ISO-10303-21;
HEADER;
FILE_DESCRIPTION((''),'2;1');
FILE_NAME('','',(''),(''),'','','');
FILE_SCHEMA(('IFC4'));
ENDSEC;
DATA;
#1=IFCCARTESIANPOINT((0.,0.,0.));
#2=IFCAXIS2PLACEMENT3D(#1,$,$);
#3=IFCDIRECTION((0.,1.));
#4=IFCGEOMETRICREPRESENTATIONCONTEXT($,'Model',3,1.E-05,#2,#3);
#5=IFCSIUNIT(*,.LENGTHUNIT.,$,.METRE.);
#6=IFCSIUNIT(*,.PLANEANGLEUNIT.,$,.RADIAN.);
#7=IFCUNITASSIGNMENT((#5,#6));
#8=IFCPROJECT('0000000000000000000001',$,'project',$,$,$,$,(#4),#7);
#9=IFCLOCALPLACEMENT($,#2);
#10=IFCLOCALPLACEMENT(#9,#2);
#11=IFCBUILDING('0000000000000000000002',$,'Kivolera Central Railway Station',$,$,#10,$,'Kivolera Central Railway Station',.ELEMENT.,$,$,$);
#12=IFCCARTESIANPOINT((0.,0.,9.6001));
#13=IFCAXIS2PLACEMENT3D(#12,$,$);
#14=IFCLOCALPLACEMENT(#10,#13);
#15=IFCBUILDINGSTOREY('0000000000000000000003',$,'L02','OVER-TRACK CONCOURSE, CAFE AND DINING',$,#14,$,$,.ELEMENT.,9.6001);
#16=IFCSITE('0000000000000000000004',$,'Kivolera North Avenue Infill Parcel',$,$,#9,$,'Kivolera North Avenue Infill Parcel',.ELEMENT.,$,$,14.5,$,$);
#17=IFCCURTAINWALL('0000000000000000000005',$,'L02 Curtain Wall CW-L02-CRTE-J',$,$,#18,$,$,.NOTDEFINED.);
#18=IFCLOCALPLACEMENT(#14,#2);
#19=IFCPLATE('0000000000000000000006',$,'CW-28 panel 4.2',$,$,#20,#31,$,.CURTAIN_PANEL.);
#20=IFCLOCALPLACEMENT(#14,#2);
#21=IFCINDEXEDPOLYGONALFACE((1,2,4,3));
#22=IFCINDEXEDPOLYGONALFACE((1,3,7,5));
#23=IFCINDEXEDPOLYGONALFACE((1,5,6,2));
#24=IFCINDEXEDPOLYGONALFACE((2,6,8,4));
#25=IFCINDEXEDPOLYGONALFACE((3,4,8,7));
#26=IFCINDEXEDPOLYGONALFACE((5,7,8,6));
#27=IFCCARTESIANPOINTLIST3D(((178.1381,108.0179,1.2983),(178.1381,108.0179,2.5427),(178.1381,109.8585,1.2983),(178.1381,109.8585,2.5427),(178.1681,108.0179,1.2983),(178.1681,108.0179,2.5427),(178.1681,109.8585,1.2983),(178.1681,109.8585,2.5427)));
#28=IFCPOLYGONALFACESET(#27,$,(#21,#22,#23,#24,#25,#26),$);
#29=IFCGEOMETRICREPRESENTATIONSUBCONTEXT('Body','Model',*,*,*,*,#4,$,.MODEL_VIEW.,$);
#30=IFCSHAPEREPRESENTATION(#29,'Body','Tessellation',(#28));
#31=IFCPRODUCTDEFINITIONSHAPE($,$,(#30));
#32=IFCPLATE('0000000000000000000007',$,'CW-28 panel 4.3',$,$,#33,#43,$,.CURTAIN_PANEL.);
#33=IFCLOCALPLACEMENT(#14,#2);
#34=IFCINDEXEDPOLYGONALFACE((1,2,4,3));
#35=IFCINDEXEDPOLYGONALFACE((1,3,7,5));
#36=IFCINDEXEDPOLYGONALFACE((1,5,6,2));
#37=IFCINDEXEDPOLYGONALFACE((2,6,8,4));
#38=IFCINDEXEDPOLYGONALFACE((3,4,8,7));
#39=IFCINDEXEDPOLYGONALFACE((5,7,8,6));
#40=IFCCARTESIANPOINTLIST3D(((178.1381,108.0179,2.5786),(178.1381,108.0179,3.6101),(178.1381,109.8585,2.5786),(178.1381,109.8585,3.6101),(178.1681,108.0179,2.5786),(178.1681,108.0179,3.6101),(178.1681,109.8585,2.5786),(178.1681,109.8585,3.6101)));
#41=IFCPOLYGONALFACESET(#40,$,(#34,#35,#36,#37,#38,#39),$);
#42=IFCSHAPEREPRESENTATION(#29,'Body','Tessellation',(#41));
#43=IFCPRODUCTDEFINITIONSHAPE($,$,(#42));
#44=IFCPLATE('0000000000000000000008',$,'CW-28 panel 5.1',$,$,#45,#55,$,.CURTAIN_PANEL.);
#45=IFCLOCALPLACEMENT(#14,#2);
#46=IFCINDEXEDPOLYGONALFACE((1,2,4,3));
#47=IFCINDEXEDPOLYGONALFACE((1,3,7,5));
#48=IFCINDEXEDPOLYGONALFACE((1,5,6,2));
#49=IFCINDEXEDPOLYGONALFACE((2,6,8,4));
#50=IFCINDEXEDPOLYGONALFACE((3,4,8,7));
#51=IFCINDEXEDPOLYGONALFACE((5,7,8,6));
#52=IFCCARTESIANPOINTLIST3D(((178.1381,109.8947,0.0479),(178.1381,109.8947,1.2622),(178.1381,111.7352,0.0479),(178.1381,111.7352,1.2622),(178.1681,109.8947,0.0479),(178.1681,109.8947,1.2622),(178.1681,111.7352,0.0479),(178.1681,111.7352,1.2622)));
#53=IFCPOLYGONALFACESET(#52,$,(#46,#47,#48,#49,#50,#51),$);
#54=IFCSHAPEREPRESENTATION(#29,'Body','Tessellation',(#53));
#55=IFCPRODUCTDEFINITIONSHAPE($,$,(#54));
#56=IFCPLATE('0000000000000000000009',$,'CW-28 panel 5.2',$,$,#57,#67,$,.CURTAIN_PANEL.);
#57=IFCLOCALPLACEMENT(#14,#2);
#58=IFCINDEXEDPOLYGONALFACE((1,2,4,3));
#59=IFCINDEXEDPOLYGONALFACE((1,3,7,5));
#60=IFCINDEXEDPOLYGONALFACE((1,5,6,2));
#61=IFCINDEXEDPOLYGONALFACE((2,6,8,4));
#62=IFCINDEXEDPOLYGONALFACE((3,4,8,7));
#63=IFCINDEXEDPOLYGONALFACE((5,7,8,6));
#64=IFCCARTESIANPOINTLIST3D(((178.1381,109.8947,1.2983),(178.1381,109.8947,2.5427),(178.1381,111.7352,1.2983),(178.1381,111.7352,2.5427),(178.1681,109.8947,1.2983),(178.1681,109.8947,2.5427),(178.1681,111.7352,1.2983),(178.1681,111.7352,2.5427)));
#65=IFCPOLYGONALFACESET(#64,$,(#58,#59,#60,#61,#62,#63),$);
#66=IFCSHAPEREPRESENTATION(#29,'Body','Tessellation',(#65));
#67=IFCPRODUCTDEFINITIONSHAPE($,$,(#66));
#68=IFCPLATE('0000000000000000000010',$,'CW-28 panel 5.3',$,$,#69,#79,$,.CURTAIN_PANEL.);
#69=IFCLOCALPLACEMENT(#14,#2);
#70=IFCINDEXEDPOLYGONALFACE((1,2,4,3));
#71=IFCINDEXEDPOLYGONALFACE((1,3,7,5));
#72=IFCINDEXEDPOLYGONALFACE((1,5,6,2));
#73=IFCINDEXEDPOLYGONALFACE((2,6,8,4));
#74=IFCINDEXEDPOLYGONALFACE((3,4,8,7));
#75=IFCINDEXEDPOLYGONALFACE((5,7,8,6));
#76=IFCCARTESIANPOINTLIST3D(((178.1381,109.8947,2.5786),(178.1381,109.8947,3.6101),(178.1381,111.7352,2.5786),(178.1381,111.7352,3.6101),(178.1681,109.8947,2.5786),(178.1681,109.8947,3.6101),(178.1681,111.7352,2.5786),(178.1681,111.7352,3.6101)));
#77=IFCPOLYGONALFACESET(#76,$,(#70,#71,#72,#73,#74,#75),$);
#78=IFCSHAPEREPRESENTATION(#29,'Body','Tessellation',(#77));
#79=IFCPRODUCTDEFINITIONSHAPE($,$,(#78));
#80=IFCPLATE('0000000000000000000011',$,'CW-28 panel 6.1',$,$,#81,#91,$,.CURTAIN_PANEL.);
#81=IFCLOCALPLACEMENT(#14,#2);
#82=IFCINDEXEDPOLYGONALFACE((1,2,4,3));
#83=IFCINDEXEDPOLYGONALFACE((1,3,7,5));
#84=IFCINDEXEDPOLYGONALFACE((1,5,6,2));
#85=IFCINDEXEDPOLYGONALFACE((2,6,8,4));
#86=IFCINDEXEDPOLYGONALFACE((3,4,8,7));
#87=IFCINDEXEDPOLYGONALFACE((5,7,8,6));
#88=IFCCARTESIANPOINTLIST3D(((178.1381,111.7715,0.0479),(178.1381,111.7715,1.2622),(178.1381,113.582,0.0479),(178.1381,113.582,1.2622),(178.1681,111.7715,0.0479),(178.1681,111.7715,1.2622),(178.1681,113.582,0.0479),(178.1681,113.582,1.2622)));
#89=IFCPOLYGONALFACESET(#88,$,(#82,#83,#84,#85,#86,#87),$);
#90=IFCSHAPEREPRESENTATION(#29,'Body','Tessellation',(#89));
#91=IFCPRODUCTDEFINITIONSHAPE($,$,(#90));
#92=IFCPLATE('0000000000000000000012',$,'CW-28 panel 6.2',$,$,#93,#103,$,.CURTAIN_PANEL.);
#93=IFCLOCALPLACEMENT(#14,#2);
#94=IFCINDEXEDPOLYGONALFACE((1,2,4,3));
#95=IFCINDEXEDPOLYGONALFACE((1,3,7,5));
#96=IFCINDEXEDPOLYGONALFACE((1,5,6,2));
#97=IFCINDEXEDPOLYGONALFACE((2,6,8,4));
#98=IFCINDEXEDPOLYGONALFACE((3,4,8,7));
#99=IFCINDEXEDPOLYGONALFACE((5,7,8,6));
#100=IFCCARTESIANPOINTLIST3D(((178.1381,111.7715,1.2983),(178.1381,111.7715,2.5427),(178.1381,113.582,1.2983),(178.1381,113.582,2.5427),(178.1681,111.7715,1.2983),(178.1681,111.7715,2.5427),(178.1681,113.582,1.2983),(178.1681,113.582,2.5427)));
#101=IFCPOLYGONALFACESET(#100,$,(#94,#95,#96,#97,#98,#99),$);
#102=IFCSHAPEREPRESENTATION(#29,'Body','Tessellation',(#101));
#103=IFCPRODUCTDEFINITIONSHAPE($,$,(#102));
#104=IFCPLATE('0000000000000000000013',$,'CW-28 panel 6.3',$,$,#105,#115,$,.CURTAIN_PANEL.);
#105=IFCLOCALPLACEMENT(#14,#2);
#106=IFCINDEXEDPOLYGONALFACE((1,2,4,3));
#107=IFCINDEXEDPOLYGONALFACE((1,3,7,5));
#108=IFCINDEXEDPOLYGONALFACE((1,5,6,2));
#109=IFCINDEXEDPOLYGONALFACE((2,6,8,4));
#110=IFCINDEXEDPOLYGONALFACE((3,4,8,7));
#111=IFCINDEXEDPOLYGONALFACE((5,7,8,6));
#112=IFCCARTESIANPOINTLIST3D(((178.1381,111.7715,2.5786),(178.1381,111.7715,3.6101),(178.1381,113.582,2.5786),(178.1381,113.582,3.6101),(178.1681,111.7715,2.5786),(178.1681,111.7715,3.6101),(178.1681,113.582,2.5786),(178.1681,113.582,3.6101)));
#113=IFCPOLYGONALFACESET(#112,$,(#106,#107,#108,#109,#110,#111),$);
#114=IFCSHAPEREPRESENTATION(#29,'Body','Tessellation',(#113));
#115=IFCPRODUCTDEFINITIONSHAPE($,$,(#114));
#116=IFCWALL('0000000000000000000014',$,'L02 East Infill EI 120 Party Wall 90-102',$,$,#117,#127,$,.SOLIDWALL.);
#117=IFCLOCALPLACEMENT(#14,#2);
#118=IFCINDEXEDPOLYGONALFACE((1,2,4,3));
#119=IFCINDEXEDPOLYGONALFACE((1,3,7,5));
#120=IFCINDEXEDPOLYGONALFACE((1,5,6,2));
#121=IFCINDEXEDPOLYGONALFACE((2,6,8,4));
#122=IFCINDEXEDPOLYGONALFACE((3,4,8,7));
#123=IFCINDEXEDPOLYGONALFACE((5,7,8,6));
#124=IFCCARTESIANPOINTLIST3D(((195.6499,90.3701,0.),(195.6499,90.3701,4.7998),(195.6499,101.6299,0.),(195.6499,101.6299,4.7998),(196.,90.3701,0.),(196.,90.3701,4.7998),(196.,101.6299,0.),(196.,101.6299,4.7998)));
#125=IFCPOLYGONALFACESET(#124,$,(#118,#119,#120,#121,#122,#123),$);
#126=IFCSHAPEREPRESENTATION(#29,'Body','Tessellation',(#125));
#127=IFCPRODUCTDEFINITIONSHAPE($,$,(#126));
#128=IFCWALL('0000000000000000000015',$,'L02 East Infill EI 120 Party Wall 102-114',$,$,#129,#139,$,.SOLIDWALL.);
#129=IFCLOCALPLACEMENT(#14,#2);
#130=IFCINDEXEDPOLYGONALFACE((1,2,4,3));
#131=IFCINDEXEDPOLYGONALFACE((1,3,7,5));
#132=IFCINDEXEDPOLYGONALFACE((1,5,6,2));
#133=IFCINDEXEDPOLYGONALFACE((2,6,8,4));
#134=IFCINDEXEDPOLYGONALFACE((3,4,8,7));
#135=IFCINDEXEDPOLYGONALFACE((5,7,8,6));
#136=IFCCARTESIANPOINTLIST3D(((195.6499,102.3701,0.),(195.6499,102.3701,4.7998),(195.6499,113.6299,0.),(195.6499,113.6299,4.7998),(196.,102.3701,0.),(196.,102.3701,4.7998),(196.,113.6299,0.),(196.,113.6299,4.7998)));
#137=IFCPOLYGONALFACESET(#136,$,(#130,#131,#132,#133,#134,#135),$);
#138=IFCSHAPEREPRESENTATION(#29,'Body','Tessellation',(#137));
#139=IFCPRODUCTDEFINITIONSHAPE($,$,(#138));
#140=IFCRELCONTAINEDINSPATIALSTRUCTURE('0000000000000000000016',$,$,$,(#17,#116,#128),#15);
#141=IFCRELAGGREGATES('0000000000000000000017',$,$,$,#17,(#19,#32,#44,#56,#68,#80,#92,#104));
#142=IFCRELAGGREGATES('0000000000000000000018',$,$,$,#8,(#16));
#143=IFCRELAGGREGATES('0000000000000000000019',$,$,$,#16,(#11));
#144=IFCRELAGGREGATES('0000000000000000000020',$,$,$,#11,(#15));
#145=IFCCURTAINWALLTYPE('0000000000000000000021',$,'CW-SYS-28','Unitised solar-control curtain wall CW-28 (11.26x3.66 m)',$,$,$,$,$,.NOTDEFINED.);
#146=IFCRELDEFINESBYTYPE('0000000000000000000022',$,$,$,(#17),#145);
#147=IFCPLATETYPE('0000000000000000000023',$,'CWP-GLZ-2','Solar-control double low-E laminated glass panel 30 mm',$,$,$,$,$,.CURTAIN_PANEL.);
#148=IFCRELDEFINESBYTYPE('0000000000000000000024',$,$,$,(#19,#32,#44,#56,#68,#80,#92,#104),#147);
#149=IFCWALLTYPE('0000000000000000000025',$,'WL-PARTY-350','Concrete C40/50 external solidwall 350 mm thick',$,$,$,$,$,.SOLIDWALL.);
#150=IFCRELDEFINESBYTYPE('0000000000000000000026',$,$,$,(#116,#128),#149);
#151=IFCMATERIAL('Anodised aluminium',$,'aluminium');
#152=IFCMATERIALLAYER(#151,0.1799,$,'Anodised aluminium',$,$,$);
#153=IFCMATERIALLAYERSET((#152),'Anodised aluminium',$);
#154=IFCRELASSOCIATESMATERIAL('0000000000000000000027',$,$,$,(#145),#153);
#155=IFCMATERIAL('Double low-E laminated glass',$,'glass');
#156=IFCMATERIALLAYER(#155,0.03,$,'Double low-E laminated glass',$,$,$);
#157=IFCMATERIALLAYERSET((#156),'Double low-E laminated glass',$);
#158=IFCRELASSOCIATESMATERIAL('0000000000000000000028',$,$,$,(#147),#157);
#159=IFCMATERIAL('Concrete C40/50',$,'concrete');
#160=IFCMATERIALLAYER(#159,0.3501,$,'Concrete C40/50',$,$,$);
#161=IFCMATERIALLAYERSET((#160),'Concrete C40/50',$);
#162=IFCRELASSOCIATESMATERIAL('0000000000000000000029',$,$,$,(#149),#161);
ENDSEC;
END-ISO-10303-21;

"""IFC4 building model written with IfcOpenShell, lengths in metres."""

from ifc_helpers import new_model, si_unit, direction, frame, frame_2d, origin, origin_2d, place, context, subcontext, project, spatial, rectangle, extrude, material, layer, layer_set, type_object, element, aggregate, save


model = new_model("IFC4")

# Units and contexts
model_context = context("Model", 3, precision=1e-05, world=origin(), true_north=direction((0.0, 1.0)))
body_context = subcontext(model_context, "Body", "Model", "MODEL_VIEW")
ifc_project = project(units=[si_unit("LENGTHUNIT", "METRE"), si_unit("PLANEANGLEUNIT", "RADIAN")], contexts=[model_context])

# Site, building, storey
site_placement = place(None, origin())
site = spatial("IfcSite", under=ifc_project, at=site_placement, Name="Kivolera North Avenue Infill Parcel", LongName="Kivolera North Avenue Infill Parcel", CompositionType="ELEMENT", RefElevation=14.5)
building_placement = place(site_placement, origin())
building = spatial("IfcBuilding", under=site, at=building_placement, Name="Kivolera Central Railway Station", LongName="Kivolera Central Railway Station", CompositionType="ELEMENT")
storey_placement = place(building_placement, frame((0.0, 0.0, 9.6001)))
storey = spatial("IfcBuildingStorey", under=building, at=storey_placement, Name="L02", Description="OVER-TRACK CONCOURSE, CAFE AND DINING", CompositionType="ELEMENT", Elevation=9.6001)

# Shared definitions
ifc_material_1 = material(Name="Concrete C40/50", Category="concrete")

# Curtain wall, plates
ifc_material_2 = material(Name="Anodised aluminium", Category="aluminium")
ifc_layer_1 = layer(ifc_material_2, 0.1799, Name="Anodised aluminium")
ifc_layer_set_1 = layer_set([ifc_layer_1], Name="Anodised aluminium")
curtain_wall_type = type_object("IfcCurtainWallType", Name="CW-SYS-28", Description="Unitised solar-control curtain wall CW-28 (11.26x3.66 m)", PredefinedType="NOTDEFINED", material=ifc_layer_set_1)
curtain_wall_placement = place(storey_placement, origin())
curtain_wall = element("IfcCurtainWall", 1, at=curtain_wall_placement, inside=storey, type_object=curtain_wall_type, Name="L02 Curtain Wall CW-L02-CRTE-J", PredefinedType="NOTDEFINED")
ifc_material_3 = material(Name="Double low-E laminated glass", Category="glass")
ifc_layer_2 = layer(ifc_material_3, 0.03, Name="Double low-E laminated glass")
ifc_layer_set_2 = layer_set([ifc_layer_2], Name="Double low-E laminated glass")
plate_type = type_object("IfcPlateType", Name="CWP-GLZ-2", Description="Solar-control double low-E laminated glass panel 30 mm", PredefinedType="CURTAIN_PANEL", material=ifc_layer_set_2)
plate_1_placement = place(storey_placement, frame((178.1531, 108.9382, 1.2983), z_axis=(0.0, 0.0, 1.0), x_axis=(0.0, 1.0, 0.0)))
plate_1 = element("IfcPlate", 2, at=plate_1_placement, type_object=plate_type, Name="CW-28 panel 4.2", PredefinedType="CURTAIN_PANEL", context=body_context, shape_type="SweptSolid", body=[
    extrude(rectangle(XDim=1.8406, YDim=0.03, at=origin_2d()), origin(), (0.0, 0.0, 1.0), 1.2444),
])
plate_2_placement = place(storey_placement, frame((178.1531, 108.9382, 2.5786), z_axis=(0.0, 0.0, 1.0), x_axis=(0.0, 1.0, 0.0)))
plate_2 = element("IfcPlate", 3, at=plate_2_placement, type_object=plate_type, Name="CW-28 panel 4.3", PredefinedType="CURTAIN_PANEL", context=body_context, shape_type="SweptSolid", body=[
    extrude(rectangle(XDim=1.8406, YDim=0.03, at=origin_2d()), origin(), (0.0, 0.0, 1.0), 1.0315),
])
plate_3_placement = place(storey_placement, frame((178.1531, 110.8149, 0.0479), z_axis=(0.0, 0.0, 1.0), x_axis=(0.0, 1.0, 0.0)))
plate_3 = element("IfcPlate", 4, at=plate_3_placement, type_object=plate_type, Name="CW-28 panel 5.1", PredefinedType="CURTAIN_PANEL", context=body_context, shape_type="SweptSolid", body=[
    extrude(rectangle(XDim=1.8406, YDim=0.03, at=origin_2d()), origin(), (0.0, 0.0, 1.0), 1.2144),
])
plate_4_placement = place(storey_placement, frame((178.1531, 110.8149, 1.2983), z_axis=(0.0, 0.0, 1.0), x_axis=(0.0, 1.0, 0.0)))
plate_4 = element("IfcPlate", 5, at=plate_4_placement, type_object=plate_type, Name="CW-28 panel 5.2", PredefinedType="CURTAIN_PANEL", context=body_context, shape_type="SweptSolid", body=[
    extrude(rectangle(XDim=1.8406, YDim=0.03, at=origin_2d()), origin(), (0.0, 0.0, 1.0), 1.2444),
])
plate_5_placement = place(storey_placement, frame((178.1531, 110.8149, 2.5786), z_axis=(0.0, 0.0, 1.0), x_axis=(0.0, 1.0, 0.0)))
plate_5 = element("IfcPlate", 6, at=plate_5_placement, type_object=plate_type, Name="CW-28 panel 5.3", PredefinedType="CURTAIN_PANEL", context=body_context, shape_type="SweptSolid", body=[
    extrude(rectangle(XDim=1.8406, YDim=0.03, at=origin_2d()), origin(), (0.0, 0.0, 1.0), 1.0315),
])
plate_6_placement = place(storey_placement, frame((178.1531, 112.6768, 0.0479), z_axis=(0.0, 0.0, 1.0), x_axis=(0.0, 1.0, 0.0)))
plate_6 = element("IfcPlate", 7, at=plate_6_placement, type_object=plate_type, Name="CW-28 panel 6.1", PredefinedType="CURTAIN_PANEL", context=body_context, shape_type="SweptSolid", body=[
    extrude(rectangle(XDim=1.8105, YDim=0.03, at=origin_2d()), origin(), (0.0, 0.0, 1.0), 1.2144),
])
plate_7_placement = place(storey_placement, frame((178.1531, 112.6768, 1.2983), z_axis=(0.0, 0.0, 1.0), x_axis=(0.0, 1.0, 0.0)))
plate_7 = element("IfcPlate", 8, at=plate_7_placement, type_object=plate_type, Name="CW-28 panel 6.2", PredefinedType="CURTAIN_PANEL", context=body_context, shape_type="SweptSolid", body=[
    extrude(rectangle(XDim=1.8105, YDim=0.03, at=origin_2d()), origin(), (0.0, 0.0, 1.0), 1.2444),
])
plate_8_placement = place(storey_placement, frame((178.1531, 112.6768, 2.5786), z_axis=(0.0, 0.0, 1.0), x_axis=(0.0, 1.0, 0.0)))
plate_8 = element("IfcPlate", 9, at=plate_8_placement, type_object=plate_type, Name="CW-28 panel 6.3", PredefinedType="CURTAIN_PANEL", context=body_context, shape_type="SweptSolid", body=[
    extrude(rectangle(XDim=1.8105, YDim=0.03, at=origin_2d()), origin(), (0.0, 0.0, 1.0), 1.0315),
])
aggregate(curtain_wall, [plate_1, plate_2, plate_3, plate_4, plate_5, plate_6, plate_7, plate_8])

# Walls
ifc_layer_3 = layer(ifc_material_1, 0.3501, Name="Concrete C40/50")
ifc_layer_set_3 = layer_set([ifc_layer_3], Name="Concrete C40/50")
wall_type = type_object("IfcWallType", Name="WL-PARTY-350", Description="Concrete C40/50 external solidwall 350 mm thick", PredefinedType="SOLIDWALL", material=ifc_layer_set_3)
for number, where, z_axis, x_axis, name in (
    (10, (195.825, 101.6299, 0.0), (0.0, 0.0, 1.0), (0.0, -1.0, 0.0), "L02 East Infill EI 120 Party Wall 90-102"),
    (11, (195.825, 113.6299, 0.0), (0.0, 0.0, 1.0), (0.0, -1.0, 0.0), "L02 East Infill EI 120 Party Wall 102-114"),
):
    element("IfcWall", number, at=place(storey_placement, frame(where, z_axis=z_axis, x_axis=x_axis)), inside=storey, type_object=wall_type, Name=name, PredefinedType="SOLIDWALL", context=body_context, shape_type="SweptSolid", body=[
        extrude(rectangle(XDim=11.2598, YDim=0.3501, at=frame_2d((5.6299, 0.0))), origin(), (0.0, 0.0, 1.0), 4.7998),
    ])

save(model, "model.ifc")
